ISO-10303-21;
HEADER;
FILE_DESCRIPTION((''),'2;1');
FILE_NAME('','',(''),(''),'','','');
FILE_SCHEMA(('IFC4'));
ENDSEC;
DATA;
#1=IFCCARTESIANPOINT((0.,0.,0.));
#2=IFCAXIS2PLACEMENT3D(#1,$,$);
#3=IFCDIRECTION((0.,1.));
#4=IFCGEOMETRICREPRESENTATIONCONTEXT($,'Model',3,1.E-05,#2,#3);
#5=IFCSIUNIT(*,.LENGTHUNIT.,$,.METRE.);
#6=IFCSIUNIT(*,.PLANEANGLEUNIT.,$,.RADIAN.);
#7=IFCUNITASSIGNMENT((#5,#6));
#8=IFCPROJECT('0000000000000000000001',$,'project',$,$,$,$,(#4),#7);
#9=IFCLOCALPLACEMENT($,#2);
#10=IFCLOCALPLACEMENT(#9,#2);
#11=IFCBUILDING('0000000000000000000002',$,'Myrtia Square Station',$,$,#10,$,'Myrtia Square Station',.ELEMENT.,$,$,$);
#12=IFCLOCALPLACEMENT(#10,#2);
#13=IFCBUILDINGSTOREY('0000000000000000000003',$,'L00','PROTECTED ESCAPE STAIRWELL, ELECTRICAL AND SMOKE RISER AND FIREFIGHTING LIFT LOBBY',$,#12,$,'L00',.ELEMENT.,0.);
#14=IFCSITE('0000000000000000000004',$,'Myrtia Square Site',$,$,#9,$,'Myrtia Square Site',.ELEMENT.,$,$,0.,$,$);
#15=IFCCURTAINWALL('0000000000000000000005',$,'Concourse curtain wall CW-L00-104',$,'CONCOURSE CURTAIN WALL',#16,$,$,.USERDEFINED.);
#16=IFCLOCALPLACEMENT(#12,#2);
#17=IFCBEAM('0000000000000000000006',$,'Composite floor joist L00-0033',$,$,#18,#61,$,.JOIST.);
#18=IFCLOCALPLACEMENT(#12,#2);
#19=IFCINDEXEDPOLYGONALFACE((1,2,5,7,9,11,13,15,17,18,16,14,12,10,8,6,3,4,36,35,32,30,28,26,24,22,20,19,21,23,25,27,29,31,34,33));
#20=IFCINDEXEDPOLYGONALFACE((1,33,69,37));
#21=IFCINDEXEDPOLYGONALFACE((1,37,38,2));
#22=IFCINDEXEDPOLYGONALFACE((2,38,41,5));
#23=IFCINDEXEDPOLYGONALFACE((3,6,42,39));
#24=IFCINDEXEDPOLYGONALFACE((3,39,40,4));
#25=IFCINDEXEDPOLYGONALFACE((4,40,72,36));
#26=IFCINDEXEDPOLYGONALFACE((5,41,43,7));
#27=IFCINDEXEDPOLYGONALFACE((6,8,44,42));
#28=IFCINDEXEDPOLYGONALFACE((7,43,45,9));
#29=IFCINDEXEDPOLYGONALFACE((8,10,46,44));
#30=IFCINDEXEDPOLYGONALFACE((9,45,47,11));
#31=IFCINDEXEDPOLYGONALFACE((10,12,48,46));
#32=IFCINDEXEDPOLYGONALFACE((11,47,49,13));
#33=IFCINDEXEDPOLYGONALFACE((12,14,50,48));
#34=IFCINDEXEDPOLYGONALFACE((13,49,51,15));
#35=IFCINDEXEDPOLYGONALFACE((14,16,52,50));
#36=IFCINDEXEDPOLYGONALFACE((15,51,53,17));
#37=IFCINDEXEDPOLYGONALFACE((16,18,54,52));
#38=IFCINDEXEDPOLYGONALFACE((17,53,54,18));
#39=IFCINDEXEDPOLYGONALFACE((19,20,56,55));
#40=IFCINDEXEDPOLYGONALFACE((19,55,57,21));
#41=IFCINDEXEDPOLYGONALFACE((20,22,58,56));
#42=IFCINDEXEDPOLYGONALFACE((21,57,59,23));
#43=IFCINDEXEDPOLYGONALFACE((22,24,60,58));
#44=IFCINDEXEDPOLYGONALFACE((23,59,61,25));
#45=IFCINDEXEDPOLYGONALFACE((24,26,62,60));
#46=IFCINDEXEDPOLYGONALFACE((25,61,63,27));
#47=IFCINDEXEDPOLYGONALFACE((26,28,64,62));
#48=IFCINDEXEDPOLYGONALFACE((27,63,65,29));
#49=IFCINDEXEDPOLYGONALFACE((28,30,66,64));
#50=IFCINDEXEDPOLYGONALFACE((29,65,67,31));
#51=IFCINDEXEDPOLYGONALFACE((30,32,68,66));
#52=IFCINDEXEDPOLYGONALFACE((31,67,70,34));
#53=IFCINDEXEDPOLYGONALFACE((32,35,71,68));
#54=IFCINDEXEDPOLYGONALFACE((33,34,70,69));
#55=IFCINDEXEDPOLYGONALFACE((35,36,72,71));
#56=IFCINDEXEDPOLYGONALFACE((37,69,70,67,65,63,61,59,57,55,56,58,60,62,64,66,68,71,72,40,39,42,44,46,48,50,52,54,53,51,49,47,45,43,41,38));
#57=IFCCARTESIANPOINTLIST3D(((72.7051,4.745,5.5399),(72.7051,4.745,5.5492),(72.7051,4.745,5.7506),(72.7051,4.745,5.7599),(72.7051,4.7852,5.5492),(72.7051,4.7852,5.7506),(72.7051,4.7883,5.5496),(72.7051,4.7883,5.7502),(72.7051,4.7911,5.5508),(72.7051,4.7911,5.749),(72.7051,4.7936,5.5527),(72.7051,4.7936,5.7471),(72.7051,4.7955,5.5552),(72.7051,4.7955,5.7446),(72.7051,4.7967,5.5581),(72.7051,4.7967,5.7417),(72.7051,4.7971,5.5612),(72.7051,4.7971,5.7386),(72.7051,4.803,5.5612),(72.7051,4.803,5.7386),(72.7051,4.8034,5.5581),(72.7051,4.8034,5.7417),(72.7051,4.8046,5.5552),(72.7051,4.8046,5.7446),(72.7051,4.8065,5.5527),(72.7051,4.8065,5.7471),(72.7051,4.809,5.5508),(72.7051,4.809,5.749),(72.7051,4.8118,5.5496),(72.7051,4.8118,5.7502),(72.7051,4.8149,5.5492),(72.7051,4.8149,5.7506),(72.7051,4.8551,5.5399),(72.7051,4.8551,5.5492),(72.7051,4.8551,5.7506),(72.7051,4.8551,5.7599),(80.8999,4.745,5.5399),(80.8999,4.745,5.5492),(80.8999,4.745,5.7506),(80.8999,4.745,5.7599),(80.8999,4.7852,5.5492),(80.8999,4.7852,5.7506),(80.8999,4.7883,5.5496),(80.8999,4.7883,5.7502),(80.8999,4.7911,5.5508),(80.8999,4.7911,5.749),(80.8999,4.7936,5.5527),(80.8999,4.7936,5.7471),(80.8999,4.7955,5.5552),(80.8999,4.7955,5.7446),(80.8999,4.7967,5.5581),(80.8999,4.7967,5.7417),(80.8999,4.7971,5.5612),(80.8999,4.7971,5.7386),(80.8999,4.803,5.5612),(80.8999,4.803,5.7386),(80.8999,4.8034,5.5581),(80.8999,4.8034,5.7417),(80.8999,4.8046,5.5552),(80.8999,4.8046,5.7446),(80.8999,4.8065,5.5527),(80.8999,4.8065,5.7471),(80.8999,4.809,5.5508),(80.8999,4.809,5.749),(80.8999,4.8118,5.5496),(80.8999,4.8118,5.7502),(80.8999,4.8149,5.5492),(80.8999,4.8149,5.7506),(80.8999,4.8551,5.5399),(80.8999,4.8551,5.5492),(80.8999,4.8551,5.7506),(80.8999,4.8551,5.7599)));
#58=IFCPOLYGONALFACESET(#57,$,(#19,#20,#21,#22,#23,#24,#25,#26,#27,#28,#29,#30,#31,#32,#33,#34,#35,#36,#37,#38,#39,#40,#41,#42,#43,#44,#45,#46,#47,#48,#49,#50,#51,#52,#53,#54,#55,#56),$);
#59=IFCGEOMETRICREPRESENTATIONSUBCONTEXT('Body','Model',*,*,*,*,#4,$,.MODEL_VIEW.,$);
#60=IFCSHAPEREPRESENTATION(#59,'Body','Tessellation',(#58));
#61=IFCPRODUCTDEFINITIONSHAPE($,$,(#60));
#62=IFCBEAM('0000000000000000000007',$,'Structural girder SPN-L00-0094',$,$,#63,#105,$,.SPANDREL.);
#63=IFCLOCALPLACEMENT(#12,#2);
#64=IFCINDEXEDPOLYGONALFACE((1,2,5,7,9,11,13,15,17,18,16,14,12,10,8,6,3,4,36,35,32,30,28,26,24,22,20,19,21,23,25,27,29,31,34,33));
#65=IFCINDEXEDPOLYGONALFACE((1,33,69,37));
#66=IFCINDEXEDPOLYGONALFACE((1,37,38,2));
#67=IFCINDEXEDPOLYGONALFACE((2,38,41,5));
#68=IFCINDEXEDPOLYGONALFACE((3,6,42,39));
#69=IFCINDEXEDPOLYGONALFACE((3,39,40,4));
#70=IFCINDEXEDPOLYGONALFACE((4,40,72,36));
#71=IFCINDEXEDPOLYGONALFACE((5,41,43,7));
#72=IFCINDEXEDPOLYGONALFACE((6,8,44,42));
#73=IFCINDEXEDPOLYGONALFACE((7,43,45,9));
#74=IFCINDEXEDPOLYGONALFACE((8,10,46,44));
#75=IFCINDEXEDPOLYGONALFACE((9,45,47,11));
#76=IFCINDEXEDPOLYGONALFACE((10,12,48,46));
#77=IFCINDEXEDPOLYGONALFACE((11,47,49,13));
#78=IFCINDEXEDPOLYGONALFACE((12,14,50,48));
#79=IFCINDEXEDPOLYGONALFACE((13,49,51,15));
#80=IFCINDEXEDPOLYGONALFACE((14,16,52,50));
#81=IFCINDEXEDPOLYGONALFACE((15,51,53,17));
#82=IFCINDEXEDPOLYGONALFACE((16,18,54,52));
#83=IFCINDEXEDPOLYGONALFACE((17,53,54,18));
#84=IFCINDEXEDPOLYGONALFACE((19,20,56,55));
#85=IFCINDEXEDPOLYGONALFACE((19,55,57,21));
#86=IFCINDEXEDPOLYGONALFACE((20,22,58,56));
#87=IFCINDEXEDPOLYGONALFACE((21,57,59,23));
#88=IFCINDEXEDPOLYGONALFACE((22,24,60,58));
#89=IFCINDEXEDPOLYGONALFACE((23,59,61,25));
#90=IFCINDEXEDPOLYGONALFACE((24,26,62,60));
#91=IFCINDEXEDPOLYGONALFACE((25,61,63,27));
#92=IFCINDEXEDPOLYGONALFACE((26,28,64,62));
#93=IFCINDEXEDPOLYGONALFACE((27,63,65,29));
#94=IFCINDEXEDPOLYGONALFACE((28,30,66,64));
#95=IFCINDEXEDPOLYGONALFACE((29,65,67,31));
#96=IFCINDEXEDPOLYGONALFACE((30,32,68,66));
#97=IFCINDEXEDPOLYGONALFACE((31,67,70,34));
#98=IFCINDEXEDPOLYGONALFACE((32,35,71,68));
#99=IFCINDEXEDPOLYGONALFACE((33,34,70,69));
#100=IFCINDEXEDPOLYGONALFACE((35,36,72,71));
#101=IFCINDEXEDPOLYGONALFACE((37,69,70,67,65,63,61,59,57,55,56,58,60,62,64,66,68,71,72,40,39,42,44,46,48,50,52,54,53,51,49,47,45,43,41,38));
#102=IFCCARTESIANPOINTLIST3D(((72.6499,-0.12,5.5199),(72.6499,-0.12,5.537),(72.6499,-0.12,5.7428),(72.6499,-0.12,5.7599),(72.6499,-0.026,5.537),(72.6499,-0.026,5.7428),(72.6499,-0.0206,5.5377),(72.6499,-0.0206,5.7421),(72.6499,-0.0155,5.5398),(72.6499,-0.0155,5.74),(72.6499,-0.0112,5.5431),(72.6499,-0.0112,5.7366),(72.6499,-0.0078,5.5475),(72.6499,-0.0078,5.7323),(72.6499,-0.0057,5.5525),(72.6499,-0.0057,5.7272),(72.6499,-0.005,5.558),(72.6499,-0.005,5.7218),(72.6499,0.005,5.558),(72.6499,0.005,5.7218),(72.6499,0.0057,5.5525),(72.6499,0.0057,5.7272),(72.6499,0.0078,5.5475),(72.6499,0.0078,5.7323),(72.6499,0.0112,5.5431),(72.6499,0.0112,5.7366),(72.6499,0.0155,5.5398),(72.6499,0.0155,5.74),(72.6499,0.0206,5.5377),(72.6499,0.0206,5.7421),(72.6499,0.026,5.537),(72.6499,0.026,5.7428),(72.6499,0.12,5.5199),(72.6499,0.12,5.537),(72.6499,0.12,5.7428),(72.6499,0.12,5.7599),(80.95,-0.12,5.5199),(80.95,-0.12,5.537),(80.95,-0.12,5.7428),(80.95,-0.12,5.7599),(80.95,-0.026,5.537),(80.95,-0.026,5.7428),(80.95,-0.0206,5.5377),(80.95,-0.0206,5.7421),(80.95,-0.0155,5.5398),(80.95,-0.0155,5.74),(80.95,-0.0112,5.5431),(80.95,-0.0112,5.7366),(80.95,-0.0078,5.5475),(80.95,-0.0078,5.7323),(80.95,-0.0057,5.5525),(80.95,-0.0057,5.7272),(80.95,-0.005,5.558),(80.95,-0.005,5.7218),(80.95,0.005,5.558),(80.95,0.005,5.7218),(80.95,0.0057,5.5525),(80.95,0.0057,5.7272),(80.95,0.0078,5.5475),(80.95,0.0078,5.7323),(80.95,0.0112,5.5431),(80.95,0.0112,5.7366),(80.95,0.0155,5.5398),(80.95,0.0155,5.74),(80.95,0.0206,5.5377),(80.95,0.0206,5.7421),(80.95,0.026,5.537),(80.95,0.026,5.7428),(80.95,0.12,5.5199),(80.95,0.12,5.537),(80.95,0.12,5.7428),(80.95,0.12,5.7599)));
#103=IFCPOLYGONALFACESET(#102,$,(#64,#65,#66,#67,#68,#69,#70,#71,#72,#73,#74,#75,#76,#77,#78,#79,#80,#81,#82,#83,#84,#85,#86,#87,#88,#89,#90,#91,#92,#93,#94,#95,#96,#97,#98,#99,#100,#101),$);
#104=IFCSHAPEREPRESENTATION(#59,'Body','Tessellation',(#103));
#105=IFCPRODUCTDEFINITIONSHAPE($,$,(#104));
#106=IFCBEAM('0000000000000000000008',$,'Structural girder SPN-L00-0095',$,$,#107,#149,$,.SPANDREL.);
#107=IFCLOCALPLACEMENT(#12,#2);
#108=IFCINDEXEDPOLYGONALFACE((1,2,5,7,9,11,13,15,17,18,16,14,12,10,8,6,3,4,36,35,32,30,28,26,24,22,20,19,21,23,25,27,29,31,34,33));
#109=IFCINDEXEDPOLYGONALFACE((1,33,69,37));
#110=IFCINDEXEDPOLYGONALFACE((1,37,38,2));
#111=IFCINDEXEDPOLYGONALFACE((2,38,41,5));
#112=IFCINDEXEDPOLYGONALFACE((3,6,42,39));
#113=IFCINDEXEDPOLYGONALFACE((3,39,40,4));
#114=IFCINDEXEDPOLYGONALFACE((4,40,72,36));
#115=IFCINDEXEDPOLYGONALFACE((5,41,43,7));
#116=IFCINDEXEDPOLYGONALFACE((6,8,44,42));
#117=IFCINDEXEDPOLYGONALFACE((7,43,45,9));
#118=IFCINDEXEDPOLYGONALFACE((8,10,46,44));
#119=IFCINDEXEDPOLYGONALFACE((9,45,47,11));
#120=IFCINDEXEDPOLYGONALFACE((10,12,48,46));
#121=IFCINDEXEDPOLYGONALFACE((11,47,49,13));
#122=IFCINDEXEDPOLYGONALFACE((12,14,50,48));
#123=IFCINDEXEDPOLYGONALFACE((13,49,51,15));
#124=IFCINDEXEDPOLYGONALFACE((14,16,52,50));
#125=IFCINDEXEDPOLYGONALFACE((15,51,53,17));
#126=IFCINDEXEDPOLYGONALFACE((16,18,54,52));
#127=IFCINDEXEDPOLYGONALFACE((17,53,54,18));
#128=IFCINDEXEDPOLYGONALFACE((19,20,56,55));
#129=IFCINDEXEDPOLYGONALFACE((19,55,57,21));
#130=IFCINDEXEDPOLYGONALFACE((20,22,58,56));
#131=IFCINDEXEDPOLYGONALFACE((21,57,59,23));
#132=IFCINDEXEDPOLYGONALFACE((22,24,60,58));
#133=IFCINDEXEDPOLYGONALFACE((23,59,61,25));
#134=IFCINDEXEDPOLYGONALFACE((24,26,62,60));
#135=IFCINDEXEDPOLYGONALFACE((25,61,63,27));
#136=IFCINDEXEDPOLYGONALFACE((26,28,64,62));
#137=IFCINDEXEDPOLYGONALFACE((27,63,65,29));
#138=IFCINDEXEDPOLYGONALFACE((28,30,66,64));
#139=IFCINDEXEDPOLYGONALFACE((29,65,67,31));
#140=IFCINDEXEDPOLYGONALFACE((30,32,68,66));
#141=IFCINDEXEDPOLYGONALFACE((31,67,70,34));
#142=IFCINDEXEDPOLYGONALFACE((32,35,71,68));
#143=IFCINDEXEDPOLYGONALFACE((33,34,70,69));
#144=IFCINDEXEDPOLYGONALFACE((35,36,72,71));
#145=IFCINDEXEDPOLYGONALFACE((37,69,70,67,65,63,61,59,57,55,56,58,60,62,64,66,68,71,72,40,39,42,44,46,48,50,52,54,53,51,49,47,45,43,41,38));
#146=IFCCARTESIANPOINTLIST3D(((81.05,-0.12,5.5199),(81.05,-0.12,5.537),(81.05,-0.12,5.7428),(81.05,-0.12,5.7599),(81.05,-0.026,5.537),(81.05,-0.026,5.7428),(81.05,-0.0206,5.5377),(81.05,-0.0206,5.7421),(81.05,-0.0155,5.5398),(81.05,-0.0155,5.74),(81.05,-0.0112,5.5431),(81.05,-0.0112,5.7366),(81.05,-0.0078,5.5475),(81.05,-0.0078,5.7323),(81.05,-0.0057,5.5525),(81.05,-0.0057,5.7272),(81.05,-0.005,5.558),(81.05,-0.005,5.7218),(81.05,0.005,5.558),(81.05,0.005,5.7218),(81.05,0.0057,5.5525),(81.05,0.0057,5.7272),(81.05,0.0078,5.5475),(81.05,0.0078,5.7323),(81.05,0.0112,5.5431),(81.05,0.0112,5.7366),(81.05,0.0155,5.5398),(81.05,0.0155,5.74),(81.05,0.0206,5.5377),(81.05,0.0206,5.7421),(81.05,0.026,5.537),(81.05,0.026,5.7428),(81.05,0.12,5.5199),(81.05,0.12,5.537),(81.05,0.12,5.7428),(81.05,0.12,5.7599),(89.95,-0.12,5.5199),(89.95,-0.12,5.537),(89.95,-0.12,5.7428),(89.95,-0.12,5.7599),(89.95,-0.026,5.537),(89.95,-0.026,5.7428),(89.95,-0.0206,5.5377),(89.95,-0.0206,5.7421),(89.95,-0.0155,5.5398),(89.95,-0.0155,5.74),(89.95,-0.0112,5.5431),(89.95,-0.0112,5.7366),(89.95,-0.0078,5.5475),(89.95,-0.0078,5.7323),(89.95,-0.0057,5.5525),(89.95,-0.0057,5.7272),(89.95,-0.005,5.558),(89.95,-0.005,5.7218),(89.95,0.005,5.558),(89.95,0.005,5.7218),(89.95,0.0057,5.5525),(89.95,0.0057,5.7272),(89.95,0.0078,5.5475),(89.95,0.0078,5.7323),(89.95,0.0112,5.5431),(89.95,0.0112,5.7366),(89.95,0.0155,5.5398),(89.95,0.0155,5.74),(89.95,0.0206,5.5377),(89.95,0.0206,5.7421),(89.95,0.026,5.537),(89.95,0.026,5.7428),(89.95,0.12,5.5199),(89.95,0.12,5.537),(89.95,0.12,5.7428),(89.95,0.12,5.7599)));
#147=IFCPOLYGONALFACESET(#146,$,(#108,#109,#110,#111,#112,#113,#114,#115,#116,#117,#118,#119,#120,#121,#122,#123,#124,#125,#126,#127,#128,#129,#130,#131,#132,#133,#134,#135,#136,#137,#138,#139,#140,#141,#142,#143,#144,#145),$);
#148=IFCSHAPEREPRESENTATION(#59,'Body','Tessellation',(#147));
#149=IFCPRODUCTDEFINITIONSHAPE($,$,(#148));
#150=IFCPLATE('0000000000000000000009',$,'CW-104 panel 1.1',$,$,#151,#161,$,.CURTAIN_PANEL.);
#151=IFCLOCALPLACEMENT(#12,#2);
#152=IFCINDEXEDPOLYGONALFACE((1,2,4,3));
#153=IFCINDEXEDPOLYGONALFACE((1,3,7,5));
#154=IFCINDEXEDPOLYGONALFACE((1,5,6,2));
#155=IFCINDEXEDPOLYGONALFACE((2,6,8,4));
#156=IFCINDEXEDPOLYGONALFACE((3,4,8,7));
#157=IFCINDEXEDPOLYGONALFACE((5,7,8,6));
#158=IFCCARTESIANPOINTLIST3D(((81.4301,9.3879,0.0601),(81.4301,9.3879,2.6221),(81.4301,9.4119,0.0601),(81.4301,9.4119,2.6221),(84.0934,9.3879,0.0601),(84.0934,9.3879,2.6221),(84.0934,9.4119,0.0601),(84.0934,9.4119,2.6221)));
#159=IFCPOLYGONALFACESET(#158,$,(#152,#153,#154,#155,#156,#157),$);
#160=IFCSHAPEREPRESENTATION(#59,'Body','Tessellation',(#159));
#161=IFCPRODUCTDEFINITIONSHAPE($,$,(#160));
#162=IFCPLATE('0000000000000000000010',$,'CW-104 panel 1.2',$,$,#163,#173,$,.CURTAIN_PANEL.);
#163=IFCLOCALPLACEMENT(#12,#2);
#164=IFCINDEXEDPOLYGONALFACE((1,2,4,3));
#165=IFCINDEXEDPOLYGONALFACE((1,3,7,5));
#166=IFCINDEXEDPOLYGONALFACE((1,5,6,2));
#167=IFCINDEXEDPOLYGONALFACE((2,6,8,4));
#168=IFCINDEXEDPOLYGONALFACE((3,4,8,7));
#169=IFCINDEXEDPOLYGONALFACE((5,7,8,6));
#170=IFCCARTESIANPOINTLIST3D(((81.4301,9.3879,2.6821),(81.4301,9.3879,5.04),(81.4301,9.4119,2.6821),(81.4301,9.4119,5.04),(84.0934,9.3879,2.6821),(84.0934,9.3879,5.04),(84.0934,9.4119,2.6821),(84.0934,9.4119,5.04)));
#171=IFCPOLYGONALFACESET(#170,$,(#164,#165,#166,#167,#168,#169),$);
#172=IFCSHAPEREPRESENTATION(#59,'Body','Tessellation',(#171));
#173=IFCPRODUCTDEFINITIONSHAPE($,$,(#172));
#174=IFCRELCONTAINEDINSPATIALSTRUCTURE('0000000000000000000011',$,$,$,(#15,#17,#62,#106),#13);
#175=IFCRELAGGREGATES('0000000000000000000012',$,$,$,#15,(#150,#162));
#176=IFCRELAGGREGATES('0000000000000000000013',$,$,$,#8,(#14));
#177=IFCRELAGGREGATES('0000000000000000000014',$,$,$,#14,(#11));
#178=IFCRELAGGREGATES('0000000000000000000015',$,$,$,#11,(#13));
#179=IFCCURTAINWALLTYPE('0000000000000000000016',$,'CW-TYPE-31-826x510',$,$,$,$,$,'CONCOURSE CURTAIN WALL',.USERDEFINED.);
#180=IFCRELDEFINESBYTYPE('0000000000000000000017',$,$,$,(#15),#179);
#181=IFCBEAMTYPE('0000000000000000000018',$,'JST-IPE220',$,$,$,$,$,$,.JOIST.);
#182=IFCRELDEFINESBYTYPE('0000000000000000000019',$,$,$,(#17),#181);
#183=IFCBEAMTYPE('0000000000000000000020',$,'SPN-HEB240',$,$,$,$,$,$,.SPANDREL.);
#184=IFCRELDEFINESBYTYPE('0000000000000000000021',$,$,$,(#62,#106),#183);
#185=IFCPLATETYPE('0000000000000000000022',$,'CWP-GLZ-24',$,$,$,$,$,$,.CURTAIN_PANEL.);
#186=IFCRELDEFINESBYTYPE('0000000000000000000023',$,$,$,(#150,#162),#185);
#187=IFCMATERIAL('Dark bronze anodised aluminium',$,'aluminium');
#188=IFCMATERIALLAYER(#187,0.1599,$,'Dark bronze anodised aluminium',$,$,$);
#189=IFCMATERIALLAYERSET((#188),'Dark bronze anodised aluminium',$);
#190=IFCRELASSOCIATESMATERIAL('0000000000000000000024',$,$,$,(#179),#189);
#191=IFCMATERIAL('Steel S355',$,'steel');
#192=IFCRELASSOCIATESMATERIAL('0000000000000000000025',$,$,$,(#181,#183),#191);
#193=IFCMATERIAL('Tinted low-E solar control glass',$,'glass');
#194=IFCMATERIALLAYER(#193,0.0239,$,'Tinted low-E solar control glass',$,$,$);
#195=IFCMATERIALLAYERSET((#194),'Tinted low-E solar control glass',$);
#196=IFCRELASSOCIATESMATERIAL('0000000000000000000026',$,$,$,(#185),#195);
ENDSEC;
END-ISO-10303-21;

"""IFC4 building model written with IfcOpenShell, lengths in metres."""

from ifc_helpers import new_model, si_unit, direction, frame, origin, origin_2d, place, context, subcontext, project, spatial, rectangle, i_section, extrude, material, layer, layer_set, material_profile, profile_set, type_object, element, aggregate, save


model = new_model("IFC4")

# Units and contexts
model_context = context("Model", 3, precision=1e-05, world=origin(), true_north=direction((0.0, 1.0)))
body_context = subcontext(model_context, "Body", "Model", "MODEL_VIEW")
ifc_project = project(units=[si_unit("LENGTHUNIT", "METRE"), si_unit("PLANEANGLEUNIT", "RADIAN")], contexts=[model_context])

# Site, building, storey
site_placement = place(None, origin())
site = spatial("IfcSite", under=ifc_project, at=site_placement, Name="Myrtia Square Site", LongName="Myrtia Square Site", CompositionType="ELEMENT", RefElevation=0.0)
building_placement = place(site_placement, origin())
building = spatial("IfcBuilding", under=site, at=building_placement, Name="Myrtia Square Station", LongName="Myrtia Square Station", CompositionType="ELEMENT")
storey_placement = place(building_placement, origin())
storey = spatial("IfcBuildingStorey", under=building, at=storey_placement, Name="L00", Description="PROTECTED ESCAPE STAIRWELL, ELECTRICAL AND SMOKE RISER AND FIREFIGHTING LIFT LOBBY", LongName="L00", CompositionType="ELEMENT", Elevation=0.0)

# Shared definitions
ifc_material_1 = material(Name="Steel S355", Category="steel")

# Curtain wall
ifc_material_2 = material(Name="Dark bronze anodised aluminium", Category="aluminium")
ifc_layer_1 = layer(ifc_material_2, 0.1599, Name="Dark bronze anodised aluminium")
ifc_layer_set_1 = layer_set([ifc_layer_1], Name="Dark bronze anodised aluminium")
curtain_wall_type = type_object("IfcCurtainWallType", Name="CW-TYPE-31-826x510", ElementType="CONCOURSE CURTAIN WALL", PredefinedType="USERDEFINED", material=ifc_layer_set_1)
curtain_wall_placement = place(storey_placement, origin())
curtain_wall = element("IfcCurtainWall", 1, at=curtain_wall_placement, inside=storey, type_object=curtain_wall_type, Name="Concourse curtain wall CW-L00-104", ObjectType="CONCOURSE CURTAIN WALL", PredefinedType="USERDEFINED")

# Beams
ifc_material_profile_1 = material_profile(ifc_material_1, i_section(OverallWidth=0.1101, OverallDepth=0.22, WebThickness=0.0059, FlangeThickness=0.0093, FilletRadius=0.012, at=origin_2d()), Name="IPE 220")
ifc_profile_set_1 = profile_set([ifc_material_profile_1], Name="Steel S355")
beam_type_1 = type_object("IfcBeamType", Name="JST-IPE220", PredefinedType="JOIST", material=ifc_profile_set_1)
beam_1_placement = place(storey_placement, frame((72.7051, 4.8, 5.6499), z_axis=(1.0, 0.0, 0.0), x_axis=(0.0, 1.0, 0.0)))
element("IfcBeam", 2, at=beam_1_placement, inside=storey, type_object=beam_type_1, Name="Composite floor joist L00-0033", PredefinedType="JOIST", context=body_context, shape_type="SweptSolid", body=[
    extrude(i_section(OverallWidth=0.1101, OverallDepth=0.22, WebThickness=0.0059, FlangeThickness=0.0093, FilletRadius=0.012, at=origin_2d()), origin(), (0.0, 0.0, 1.0), 8.1948),
])
ifc_material_profile_2 = material_profile(ifc_material_1, i_section(OverallWidth=0.24, OverallDepth=0.24, WebThickness=0.01, FlangeThickness=0.0171, FilletRadius=0.021, at=origin_2d()), Name="HEB 240")
ifc_profile_set_2 = profile_set([ifc_material_profile_2], Name="Steel S355")
beam_type_2 = type_object("IfcBeamType", Name="SPN-HEB240", PredefinedType="SPANDREL", material=ifc_profile_set_2)
beam_2_placement = place(storey_placement, frame((72.6499, 0.0, 5.6399), z_axis=(1.0, 0.0, 0.0), x_axis=(0.0, 1.0, 0.0)))
element("IfcBeam", 3, at=beam_2_placement, inside=storey, type_object=beam_type_2, Name="Structural girder SPN-L00-0094", PredefinedType="SPANDREL", context=body_context, shape_type="SweptSolid", body=[
    extrude(i_section(OverallWidth=0.24, OverallDepth=0.24, WebThickness=0.01, FlangeThickness=0.0171, FilletRadius=0.021, at=origin_2d()), origin(), (0.0, 0.0, 1.0), 8.3),
])
beam_3_placement = place(storey_placement, frame((81.05, 0.0, 5.6399), z_axis=(1.0, 0.0, 0.0), x_axis=(0.0, 1.0, 0.0)))
element("IfcBeam", 4, at=beam_3_placement, inside=storey, type_object=beam_type_2, Name="Structural girder SPN-L00-0095", PredefinedType="SPANDREL", context=body_context, shape_type="SweptSolid", body=[
    extrude(i_section(OverallWidth=0.24, OverallDepth=0.24, WebThickness=0.01, FlangeThickness=0.0171, FilletRadius=0.021, at=origin_2d()), origin(), (0.0, 0.0, 1.0), 8.8999),
])

# Plates
ifc_material_3 = material(Name="Tinted low-E solar control glass", Category="glass")
ifc_layer_2 = layer(ifc_material_3, 0.0239, Name="Tinted low-E solar control glass")
ifc_layer_set_2 = layer_set([ifc_layer_2], Name="Tinted low-E solar control glass")
plate_type = type_object("IfcPlateType", Name="CWP-GLZ-24", PredefinedType="CURTAIN_PANEL", material=ifc_layer_set_2)
plate_1_placement = place(storey_placement, frame((82.7617, 9.3999, 0.0601), z_axis=(0.0, 0.0, 1.0), x_axis=(1.0, 0.0, 0.0)))
plate_1 = element("IfcPlate", 5, at=plate_1_placement, type_object=plate_type, Name="CW-104 panel 1.1", PredefinedType="CURTAIN_PANEL", context=body_context, shape_type="SweptSolid", body=[
    extrude(rectangle(XDim=2.6633, YDim=0.0239, at=origin_2d()), origin(), (0.0, 0.0, 1.0), 2.562),
])
plate_2_placement = place(storey_placement, frame((82.7617, 9.3999, 2.6821), z_axis=(0.0, 0.0, 1.0), x_axis=(1.0, 0.0, 0.0)))
plate_2 = element("IfcPlate", 6, at=plate_2_placement, type_object=plate_type, Name="CW-104 panel 1.2", PredefinedType="CURTAIN_PANEL", context=body_context, shape_type="SweptSolid", body=[
    extrude(rectangle(XDim=2.6633, YDim=0.0239, at=origin_2d()), origin(), (0.0, 0.0, 1.0), 2.3579),
])
aggregate(curtain_wall, [plate_1, plate_2])

save(model, "model.ifc")
